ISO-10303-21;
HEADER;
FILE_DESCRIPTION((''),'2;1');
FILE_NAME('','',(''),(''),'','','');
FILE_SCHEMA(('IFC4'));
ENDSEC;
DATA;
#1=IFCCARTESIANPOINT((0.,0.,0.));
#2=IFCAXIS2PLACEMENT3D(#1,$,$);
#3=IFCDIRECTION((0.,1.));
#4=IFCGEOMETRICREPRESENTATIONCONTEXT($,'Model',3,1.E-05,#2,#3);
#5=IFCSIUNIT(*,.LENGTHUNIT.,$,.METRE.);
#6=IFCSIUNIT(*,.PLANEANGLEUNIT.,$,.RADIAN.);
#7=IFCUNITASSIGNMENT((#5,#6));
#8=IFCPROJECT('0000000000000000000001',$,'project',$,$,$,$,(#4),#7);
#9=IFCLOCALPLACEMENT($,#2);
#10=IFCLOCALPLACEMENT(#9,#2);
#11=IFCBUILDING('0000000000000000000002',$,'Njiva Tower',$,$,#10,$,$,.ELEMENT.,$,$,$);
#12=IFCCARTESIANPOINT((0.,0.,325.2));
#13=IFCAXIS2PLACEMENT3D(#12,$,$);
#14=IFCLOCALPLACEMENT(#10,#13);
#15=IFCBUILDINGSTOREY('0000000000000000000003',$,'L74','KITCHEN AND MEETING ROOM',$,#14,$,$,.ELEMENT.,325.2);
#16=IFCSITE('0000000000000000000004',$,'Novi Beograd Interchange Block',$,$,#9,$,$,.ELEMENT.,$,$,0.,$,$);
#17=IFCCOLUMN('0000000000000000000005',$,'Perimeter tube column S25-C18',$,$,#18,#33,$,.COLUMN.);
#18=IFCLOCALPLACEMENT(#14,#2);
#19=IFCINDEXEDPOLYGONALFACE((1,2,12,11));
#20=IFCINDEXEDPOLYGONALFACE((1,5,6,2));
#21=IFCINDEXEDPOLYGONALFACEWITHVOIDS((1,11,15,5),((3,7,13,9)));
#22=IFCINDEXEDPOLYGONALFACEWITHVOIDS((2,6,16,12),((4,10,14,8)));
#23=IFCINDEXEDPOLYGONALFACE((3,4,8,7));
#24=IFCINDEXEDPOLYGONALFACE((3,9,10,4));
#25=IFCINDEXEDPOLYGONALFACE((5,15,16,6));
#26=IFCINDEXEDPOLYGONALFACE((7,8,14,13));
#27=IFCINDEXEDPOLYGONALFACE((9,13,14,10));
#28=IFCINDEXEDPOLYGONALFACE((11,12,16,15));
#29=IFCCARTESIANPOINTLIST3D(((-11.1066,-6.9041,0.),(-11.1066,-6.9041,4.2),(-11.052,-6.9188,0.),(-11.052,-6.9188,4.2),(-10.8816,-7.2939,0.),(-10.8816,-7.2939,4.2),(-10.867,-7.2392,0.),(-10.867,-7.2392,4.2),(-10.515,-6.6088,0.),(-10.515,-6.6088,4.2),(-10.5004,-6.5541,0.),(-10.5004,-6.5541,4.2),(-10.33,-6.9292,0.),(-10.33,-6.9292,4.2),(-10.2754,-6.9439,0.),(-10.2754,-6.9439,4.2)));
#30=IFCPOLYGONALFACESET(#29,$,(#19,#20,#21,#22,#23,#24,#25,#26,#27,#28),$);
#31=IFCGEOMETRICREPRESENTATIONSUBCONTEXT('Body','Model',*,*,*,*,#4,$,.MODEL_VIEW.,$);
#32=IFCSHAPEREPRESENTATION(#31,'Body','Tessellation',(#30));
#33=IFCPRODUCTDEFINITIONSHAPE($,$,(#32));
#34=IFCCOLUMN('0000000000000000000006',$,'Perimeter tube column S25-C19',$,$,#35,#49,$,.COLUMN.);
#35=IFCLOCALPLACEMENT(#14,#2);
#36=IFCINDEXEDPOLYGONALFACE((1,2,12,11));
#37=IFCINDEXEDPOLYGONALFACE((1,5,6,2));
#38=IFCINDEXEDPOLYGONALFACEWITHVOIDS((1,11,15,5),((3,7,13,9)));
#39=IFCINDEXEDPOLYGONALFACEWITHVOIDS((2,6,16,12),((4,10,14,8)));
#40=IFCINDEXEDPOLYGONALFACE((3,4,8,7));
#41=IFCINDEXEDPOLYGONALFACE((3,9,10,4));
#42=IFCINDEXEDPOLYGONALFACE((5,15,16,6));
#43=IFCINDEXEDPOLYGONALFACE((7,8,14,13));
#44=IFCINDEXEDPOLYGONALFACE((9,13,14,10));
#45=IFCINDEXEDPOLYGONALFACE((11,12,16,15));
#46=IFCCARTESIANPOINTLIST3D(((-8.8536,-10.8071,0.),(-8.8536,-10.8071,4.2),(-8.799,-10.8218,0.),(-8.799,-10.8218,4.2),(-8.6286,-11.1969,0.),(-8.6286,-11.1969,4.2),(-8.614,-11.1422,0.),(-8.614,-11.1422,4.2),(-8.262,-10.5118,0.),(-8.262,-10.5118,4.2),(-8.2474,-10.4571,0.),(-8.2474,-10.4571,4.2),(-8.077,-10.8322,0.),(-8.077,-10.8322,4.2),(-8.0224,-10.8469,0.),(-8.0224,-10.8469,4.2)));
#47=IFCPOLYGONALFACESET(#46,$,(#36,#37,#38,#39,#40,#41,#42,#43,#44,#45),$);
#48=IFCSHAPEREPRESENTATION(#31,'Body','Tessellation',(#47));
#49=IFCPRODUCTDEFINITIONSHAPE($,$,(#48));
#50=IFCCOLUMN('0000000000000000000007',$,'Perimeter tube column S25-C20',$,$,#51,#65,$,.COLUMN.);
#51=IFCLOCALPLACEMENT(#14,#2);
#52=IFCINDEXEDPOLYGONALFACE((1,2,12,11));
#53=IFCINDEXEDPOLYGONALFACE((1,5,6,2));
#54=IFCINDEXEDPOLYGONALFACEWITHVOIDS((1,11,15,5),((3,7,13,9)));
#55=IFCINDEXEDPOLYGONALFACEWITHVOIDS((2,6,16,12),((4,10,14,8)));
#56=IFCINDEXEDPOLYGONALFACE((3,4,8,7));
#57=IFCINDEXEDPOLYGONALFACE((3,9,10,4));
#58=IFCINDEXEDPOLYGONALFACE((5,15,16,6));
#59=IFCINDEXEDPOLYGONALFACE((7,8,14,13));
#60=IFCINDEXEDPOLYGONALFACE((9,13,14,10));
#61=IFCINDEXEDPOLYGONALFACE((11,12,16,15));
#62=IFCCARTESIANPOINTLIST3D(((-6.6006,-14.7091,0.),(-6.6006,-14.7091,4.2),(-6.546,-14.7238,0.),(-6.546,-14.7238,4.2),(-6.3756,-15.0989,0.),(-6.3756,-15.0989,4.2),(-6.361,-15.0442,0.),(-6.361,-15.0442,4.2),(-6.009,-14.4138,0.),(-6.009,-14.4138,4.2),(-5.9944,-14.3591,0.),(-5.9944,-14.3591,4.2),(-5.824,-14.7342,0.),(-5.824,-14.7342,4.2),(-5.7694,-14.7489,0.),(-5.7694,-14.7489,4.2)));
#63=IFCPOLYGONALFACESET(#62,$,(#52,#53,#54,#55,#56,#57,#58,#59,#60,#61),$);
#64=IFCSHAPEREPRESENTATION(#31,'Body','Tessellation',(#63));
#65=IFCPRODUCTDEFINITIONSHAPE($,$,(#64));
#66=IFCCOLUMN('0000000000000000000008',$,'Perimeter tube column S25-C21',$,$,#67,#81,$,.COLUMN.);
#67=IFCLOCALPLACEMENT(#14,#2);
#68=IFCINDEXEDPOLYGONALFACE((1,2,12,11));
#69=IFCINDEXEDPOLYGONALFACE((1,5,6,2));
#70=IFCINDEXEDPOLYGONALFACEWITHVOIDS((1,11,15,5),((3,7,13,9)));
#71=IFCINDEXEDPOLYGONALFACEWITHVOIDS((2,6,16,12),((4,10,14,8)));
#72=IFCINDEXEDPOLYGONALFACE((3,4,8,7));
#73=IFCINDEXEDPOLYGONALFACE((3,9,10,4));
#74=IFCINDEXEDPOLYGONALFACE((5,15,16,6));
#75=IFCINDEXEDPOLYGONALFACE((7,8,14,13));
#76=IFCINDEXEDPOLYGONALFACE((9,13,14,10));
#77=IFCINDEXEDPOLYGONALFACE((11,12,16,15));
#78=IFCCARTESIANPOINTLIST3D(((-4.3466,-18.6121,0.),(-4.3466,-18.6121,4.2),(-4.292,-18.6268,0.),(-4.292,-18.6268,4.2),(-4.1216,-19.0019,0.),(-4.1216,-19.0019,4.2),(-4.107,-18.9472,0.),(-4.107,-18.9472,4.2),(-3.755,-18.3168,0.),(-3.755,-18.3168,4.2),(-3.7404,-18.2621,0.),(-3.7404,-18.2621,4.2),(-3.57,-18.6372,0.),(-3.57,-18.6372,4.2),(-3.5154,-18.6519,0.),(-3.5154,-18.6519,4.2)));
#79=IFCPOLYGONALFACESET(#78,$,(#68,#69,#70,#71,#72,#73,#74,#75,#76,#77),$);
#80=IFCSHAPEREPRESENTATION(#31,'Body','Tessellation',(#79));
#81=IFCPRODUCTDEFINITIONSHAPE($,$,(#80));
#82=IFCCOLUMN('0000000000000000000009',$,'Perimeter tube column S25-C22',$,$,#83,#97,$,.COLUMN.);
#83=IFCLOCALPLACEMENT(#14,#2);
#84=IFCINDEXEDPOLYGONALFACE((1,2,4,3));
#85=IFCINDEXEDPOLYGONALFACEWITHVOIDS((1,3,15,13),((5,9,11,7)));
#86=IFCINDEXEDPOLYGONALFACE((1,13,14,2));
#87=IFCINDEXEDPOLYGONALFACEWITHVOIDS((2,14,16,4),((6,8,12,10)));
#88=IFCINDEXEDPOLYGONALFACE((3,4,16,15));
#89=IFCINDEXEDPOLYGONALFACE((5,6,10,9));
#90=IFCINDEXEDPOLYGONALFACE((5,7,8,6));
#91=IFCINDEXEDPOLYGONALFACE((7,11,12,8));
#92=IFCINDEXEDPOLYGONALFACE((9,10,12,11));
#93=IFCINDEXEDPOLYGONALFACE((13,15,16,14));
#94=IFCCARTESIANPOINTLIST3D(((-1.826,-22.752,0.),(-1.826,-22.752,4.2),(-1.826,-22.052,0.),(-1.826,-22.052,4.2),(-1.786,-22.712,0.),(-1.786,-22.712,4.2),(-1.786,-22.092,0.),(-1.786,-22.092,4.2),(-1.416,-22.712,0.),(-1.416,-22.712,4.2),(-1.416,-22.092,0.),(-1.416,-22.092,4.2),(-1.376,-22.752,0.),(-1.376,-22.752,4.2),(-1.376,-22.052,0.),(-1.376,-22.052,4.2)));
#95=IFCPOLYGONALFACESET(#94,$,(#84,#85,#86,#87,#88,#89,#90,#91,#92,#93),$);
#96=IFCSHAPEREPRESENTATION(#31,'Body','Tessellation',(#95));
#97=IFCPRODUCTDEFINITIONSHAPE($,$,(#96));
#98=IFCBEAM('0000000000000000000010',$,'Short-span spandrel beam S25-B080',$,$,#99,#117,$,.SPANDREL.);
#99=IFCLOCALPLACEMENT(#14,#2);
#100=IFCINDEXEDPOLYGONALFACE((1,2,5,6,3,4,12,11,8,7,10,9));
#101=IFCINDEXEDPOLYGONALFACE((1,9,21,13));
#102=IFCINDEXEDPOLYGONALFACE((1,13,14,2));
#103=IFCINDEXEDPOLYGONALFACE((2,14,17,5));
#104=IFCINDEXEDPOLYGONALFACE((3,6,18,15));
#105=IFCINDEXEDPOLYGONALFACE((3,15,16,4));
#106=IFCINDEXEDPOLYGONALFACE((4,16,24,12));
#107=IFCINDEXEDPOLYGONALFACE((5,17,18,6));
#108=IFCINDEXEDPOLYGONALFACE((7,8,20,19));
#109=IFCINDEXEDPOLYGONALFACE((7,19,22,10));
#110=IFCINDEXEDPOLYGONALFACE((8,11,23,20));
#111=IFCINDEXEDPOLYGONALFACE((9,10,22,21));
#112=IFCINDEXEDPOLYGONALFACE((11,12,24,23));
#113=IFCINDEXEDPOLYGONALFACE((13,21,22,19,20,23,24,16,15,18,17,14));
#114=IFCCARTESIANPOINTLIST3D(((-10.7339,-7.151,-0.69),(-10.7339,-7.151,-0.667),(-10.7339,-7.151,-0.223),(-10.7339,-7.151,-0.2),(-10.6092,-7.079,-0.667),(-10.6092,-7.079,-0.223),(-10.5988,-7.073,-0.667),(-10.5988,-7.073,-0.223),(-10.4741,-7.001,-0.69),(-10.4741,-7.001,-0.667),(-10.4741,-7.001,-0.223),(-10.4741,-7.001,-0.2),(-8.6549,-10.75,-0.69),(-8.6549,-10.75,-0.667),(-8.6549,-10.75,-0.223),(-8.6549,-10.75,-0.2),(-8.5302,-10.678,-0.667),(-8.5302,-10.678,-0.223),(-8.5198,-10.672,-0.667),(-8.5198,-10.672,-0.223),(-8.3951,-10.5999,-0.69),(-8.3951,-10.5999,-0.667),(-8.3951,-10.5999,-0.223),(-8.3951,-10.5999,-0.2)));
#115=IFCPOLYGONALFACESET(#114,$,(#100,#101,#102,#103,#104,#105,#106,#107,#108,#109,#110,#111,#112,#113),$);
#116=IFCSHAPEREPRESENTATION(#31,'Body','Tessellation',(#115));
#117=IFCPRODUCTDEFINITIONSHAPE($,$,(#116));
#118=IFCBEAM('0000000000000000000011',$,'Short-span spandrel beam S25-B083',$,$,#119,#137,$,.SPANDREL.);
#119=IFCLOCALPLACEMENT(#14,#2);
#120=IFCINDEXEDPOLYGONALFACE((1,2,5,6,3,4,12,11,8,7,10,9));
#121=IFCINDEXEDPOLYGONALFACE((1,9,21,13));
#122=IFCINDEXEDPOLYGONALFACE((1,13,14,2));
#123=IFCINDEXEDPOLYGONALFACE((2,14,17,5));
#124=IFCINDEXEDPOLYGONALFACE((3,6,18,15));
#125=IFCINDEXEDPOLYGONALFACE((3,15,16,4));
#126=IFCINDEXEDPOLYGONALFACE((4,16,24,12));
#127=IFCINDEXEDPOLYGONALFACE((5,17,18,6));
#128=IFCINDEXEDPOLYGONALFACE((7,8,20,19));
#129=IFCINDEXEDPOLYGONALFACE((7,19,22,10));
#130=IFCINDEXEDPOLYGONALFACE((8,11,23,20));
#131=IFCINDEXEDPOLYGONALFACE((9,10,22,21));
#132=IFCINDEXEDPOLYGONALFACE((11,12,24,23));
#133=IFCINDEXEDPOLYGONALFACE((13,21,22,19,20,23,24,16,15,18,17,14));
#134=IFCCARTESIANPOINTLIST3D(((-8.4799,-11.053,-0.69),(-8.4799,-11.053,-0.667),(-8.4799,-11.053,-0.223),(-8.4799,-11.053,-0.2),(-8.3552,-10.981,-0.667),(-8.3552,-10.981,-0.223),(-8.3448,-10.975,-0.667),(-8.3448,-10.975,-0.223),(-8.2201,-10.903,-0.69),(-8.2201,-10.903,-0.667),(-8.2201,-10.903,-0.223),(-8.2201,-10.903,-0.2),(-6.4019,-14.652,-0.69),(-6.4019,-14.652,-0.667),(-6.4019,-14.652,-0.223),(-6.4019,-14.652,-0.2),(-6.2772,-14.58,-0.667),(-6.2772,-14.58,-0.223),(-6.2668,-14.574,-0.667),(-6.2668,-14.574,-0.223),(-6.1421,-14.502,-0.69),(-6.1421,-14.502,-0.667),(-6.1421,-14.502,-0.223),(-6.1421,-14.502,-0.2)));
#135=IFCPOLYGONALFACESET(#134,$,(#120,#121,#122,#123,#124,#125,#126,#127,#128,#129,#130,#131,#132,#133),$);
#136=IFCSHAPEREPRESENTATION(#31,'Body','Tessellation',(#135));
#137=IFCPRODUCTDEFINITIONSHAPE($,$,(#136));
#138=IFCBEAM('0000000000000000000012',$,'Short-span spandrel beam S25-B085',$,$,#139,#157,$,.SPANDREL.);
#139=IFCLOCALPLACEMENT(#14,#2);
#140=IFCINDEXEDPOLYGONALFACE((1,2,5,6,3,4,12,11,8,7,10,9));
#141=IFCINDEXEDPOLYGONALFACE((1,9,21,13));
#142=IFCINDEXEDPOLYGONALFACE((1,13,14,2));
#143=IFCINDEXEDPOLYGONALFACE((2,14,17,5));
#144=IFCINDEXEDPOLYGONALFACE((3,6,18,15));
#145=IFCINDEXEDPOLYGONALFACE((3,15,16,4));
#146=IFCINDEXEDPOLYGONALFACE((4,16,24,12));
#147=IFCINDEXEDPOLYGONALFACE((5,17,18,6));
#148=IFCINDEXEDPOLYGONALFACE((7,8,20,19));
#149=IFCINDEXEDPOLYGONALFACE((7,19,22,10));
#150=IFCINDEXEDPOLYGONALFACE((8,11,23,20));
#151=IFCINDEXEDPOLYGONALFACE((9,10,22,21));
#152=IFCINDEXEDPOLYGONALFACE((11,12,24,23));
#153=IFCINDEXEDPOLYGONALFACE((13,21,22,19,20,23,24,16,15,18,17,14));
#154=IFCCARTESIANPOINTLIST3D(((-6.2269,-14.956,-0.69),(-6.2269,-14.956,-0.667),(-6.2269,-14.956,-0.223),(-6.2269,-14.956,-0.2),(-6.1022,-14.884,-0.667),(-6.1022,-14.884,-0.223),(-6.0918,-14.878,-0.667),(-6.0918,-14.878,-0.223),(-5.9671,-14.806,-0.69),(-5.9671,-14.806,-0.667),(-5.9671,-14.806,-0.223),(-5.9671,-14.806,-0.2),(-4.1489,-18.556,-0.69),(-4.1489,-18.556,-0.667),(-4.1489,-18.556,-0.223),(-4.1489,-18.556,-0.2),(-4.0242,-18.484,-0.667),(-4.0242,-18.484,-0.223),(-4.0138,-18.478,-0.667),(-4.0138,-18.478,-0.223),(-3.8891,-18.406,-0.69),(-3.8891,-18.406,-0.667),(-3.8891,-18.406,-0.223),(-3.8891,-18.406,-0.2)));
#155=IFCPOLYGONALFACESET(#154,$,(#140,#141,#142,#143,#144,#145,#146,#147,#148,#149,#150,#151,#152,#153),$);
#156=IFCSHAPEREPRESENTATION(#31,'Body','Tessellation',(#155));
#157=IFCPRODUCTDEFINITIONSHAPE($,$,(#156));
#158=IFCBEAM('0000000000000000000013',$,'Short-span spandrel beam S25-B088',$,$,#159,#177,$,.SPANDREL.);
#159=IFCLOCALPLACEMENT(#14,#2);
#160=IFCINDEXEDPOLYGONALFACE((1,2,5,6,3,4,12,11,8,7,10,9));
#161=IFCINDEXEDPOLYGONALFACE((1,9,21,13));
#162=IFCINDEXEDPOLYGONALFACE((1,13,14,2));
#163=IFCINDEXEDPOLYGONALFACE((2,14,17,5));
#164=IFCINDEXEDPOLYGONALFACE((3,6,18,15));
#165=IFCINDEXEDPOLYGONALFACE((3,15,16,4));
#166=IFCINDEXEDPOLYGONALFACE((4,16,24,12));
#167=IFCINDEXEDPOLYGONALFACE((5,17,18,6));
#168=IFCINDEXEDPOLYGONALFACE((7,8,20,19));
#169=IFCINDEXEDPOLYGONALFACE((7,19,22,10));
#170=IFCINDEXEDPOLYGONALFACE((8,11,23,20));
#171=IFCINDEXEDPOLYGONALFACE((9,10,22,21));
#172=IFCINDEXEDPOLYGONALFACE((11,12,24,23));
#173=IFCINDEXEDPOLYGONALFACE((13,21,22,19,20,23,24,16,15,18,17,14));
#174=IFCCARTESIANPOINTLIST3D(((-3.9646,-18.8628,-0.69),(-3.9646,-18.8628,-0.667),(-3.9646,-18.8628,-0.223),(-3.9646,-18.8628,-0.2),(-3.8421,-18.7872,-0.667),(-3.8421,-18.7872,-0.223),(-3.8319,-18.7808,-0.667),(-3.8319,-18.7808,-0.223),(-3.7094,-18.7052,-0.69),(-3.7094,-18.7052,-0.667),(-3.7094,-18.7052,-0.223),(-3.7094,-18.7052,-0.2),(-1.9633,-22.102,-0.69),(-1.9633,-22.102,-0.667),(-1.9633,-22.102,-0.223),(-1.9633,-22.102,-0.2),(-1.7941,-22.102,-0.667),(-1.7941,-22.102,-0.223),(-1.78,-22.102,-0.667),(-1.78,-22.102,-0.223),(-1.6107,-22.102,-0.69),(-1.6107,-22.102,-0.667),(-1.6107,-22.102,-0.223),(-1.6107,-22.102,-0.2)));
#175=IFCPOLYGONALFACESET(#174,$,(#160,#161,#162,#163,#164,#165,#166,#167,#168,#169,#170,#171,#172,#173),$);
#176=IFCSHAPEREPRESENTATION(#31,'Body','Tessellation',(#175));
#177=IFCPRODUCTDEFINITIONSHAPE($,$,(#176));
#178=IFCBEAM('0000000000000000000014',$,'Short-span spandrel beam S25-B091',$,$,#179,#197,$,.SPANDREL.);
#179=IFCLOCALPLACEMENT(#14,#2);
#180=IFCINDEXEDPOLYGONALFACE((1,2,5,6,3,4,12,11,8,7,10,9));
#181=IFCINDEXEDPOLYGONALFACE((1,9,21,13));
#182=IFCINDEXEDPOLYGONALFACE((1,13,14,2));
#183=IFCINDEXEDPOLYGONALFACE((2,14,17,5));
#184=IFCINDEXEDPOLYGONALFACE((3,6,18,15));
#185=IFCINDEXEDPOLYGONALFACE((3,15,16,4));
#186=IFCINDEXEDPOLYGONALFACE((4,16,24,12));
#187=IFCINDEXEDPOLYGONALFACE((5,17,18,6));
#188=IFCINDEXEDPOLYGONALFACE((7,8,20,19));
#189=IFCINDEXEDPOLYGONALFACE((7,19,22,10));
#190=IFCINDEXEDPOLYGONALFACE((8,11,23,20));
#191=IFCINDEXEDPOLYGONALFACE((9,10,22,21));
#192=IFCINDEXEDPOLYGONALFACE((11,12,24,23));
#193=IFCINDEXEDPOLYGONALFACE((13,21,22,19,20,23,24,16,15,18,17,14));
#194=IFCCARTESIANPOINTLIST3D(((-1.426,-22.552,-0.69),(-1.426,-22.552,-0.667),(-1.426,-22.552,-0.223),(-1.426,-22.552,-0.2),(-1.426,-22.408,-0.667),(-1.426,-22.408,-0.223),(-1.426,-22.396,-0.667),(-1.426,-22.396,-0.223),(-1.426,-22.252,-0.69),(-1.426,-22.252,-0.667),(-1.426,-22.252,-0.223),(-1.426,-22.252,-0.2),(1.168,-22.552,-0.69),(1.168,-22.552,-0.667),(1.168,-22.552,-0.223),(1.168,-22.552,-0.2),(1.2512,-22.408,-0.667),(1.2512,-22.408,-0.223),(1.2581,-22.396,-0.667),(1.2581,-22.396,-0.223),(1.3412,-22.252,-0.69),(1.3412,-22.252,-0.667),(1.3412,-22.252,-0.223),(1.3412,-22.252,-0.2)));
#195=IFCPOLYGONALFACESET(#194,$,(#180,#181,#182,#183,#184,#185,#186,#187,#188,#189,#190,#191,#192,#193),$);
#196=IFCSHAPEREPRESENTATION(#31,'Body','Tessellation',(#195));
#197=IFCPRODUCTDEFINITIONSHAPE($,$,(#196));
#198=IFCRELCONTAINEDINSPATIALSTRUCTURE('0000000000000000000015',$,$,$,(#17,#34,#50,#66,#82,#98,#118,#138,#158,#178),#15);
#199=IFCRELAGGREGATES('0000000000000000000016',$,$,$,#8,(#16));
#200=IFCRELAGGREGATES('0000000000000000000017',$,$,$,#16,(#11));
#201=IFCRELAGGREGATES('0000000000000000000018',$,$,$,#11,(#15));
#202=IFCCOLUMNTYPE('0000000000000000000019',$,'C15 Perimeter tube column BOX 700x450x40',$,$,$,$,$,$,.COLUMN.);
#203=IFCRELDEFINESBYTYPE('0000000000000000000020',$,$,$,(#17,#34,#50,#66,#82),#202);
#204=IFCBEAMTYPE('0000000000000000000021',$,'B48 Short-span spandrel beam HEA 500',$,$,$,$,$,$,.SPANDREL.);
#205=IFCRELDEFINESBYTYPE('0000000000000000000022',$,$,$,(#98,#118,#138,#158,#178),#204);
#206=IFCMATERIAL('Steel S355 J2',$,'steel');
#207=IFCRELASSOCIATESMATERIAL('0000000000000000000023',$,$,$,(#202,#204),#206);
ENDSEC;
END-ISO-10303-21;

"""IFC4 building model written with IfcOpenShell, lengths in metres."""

from ifc_helpers import new_model, si_unit, direction, frame, origin, origin_2d, place, context, subcontext, project, spatial, hollow_rectangle, i_section, extrude, clip, halfspace, material, material_profile, profile_set, type_object, element, save


model = new_model("IFC4")

# Units and contexts
model_context = context("Model", 3, precision=1e-05, world=origin(), true_north=direction((0.0, 1.0)))
body_context = subcontext(model_context, "Body", "Model", "MODEL_VIEW")
ifc_project = project(units=[si_unit("LENGTHUNIT", "METRE"), si_unit("PLANEANGLEUNIT", "RADIAN")], contexts=[model_context])

# Site, building, storey
site_placement = place(None, origin())
site = spatial("IfcSite", under=ifc_project, at=site_placement, Name="Novi Beograd Interchange Block", CompositionType="ELEMENT", RefElevation=0.0)
building_placement = place(site_placement, origin())
building = spatial("IfcBuilding", under=site, at=building_placement, Name="Njiva Tower", CompositionType="ELEMENT")
storey_placement = place(building_placement, frame((0.0, 0.0, 325.2)))
storey = spatial("IfcBuildingStorey", under=building, at=storey_placement, Name="L74", Description="KITCHEN AND MEETING ROOM", CompositionType="ELEMENT", Elevation=325.2)

# Columns
ifc_material_1 = material(Name="Steel S355 J2", Category="steel")
ifc_material_profile_1 = material_profile(ifc_material_1, hollow_rectangle(XDim=0.45, YDim=0.7, WallThickness=0.04, at=origin_2d()), Name="BOX 700x450x40")
ifc_profile_set_1 = profile_set([ifc_material_profile_1], Name="Steel S355 J2")
column_type = type_object("IfcColumnType", Name="C15 Perimeter tube column BOX 700x450x40", PredefinedType="COLUMN", material=ifc_profile_set_1)
for number, where, z_axis, x_axis, name in (
    (1, (-10.691, -6.924, 0.0), (0.0, 0.0, 1.0), (0.5, -0.866025, 0.0), "Perimeter tube column S25-C18"),
    (2, (-8.438, -10.827, 0.0), (0.0, 0.0, 1.0), (0.5, -0.866025, 0.0), "Perimeter tube column S25-C19"),
    (3, (-6.185, -14.729, 0.0), (0.0, 0.0, 1.0), (0.5, -0.866025, 0.0), "Perimeter tube column S25-C20"),
    (4, (-3.931, -18.632, 0.0), (0.0, 0.0, 1.0), (0.5, -0.866025, 0.0), "Perimeter tube column S25-C21"),
    (5, (-1.601, -22.402, 0.0), (0.0, 0.0, 1.0), (1.0, 0.0, 0.0), "Perimeter tube column S25-C22"),
):
    element("IfcColumn", number, at=place(storey_placement, frame(where, z_axis=z_axis, x_axis=x_axis)), inside=storey, type_object=column_type, Name=name, PredefinedType="COLUMN", context=body_context, shape_type="SweptSolid", body=[
        extrude(hollow_rectangle(XDim=0.45, YDim=0.7, WallThickness=0.04, at=origin_2d()), origin(), (0.0, 0.0, 1.0), 4.2),
    ])

# Beams
ifc_material_profile_2 = material_profile(ifc_material_1, i_section(OverallWidth=0.3, OverallDepth=0.49, WebThickness=0.012, FlangeThickness=0.023, at=origin_2d()), Name="HEA 500")
ifc_profile_set_2 = profile_set([ifc_material_profile_2], Name="Steel S355 J2")
beam_type_1 = type_object("IfcBeamType", Name="B48 Short-span spandrel beam HEA 500", PredefinedType="SPANDREL", material=ifc_profile_set_2)
beam_1_placement = place(storey_placement, frame((-10.604, -7.076, -0.445), z_axis=(0.500201, -0.865909, 0.0), x_axis=(0.865909, 0.500201, 0.0)))
element("IfcBeam", 6, at=beam_1_placement, inside=storey, type_object=beam_type_1, Name="Short-span spandrel beam S25-B080", PredefinedType="SPANDREL", context=body_context, shape_type="SweptSolid", body=[
    extrude(i_section(OverallWidth=0.3, OverallDepth=0.49, WebThickness=0.012, FlangeThickness=0.023, at=origin_2d()), origin(), (0.0, 0.0, 1.0), 4.1563),
])
beam_2_placement = place(storey_placement, frame((-8.35, -10.978, -0.445), z_axis=(0.500021, -0.866013, 0.0), x_axis=(0.866013, 0.500021, 0.0)))
element("IfcBeam", 7, at=beam_2_placement, inside=storey, type_object=beam_type_1, Name="Short-span spandrel beam S25-B083", PredefinedType="SPANDREL", context=body_context, shape_type="SweptSolid", body=[
    extrude(i_section(OverallWidth=0.3, OverallDepth=0.49, WebThickness=0.012, FlangeThickness=0.023, at=origin_2d()), origin(), (0.0, 0.0, 1.0), 4.1558),
])
beam_3_placement = place(storey_placement, frame((-6.097, -14.881, -0.445), z_axis=(0.499917, -0.866073, 0.0), x_axis=(0.866073, 0.499917, 0.0)))
element("IfcBeam", 8, at=beam_3_placement, inside=storey, type_object=beam_type_1, Name="Short-span spandrel beam S25-B085", PredefinedType="SPANDREL", context=body_context, shape_type="SweptSolid", body=[
    extrude(i_section(OverallWidth=0.3, OverallDepth=0.49, WebThickness=0.012, FlangeThickness=0.023, at=origin_2d()), origin(), (0.0, 0.0, 1.0), 4.1567),
])
beam_4_placement = place(storey_placement, frame((-3.837, -18.784, -0.445), z_axis=(0.525613, -0.850724, 0.0), x_axis=(0.850724, 0.525613, 0.0)))
element("IfcBeam", 9, at=beam_4_placement, inside=storey, type_object=beam_type_1, Name="Short-span spandrel beam S25-B088", PredefinedType="SPANDREL", context=body_context, shape_type="Clipping", body=[
    clip(extrude(i_section(OverallWidth=0.3, OverallDepth=0.49, WebThickness=0.012, FlangeThickness=0.023, at=origin_2d()), origin(), (0.0, 0.0, 1.0), 4.0132), halfspace(frame((-0.026, 0.0, 3.8841), z_axis=(-0.525613, 0.0, 0.850724), x_axis=(0.0, 1.0, 0.0)), False)),
])
beam_5_placement = place(storey_placement, frame((-1.426, -22.402, -0.445), z_axis=(1.0, 0.0, 0.0), x_axis=(0.0, 1.0, 0.0)))
element("IfcBeam", 10, at=beam_5_placement, inside=storey, type_object=beam_type_1, Name="Short-span spandrel beam S25-B091", PredefinedType="SPANDREL", context=body_context, shape_type="Clipping", body=[
    clip(extrude(i_section(OverallWidth=0.3, OverallDepth=0.49, WebThickness=0.012, FlangeThickness=0.023, at=origin_2d()), origin(), (0.0, 0.0, 1.0), 2.788), halfspace(frame((-0.025, 0.0, 2.6662), z_axis=(-0.499998, 0.0, 0.866027), x_axis=(0.0, 1.0, 0.0)), False)),
])

save(model, "model.ifc")
